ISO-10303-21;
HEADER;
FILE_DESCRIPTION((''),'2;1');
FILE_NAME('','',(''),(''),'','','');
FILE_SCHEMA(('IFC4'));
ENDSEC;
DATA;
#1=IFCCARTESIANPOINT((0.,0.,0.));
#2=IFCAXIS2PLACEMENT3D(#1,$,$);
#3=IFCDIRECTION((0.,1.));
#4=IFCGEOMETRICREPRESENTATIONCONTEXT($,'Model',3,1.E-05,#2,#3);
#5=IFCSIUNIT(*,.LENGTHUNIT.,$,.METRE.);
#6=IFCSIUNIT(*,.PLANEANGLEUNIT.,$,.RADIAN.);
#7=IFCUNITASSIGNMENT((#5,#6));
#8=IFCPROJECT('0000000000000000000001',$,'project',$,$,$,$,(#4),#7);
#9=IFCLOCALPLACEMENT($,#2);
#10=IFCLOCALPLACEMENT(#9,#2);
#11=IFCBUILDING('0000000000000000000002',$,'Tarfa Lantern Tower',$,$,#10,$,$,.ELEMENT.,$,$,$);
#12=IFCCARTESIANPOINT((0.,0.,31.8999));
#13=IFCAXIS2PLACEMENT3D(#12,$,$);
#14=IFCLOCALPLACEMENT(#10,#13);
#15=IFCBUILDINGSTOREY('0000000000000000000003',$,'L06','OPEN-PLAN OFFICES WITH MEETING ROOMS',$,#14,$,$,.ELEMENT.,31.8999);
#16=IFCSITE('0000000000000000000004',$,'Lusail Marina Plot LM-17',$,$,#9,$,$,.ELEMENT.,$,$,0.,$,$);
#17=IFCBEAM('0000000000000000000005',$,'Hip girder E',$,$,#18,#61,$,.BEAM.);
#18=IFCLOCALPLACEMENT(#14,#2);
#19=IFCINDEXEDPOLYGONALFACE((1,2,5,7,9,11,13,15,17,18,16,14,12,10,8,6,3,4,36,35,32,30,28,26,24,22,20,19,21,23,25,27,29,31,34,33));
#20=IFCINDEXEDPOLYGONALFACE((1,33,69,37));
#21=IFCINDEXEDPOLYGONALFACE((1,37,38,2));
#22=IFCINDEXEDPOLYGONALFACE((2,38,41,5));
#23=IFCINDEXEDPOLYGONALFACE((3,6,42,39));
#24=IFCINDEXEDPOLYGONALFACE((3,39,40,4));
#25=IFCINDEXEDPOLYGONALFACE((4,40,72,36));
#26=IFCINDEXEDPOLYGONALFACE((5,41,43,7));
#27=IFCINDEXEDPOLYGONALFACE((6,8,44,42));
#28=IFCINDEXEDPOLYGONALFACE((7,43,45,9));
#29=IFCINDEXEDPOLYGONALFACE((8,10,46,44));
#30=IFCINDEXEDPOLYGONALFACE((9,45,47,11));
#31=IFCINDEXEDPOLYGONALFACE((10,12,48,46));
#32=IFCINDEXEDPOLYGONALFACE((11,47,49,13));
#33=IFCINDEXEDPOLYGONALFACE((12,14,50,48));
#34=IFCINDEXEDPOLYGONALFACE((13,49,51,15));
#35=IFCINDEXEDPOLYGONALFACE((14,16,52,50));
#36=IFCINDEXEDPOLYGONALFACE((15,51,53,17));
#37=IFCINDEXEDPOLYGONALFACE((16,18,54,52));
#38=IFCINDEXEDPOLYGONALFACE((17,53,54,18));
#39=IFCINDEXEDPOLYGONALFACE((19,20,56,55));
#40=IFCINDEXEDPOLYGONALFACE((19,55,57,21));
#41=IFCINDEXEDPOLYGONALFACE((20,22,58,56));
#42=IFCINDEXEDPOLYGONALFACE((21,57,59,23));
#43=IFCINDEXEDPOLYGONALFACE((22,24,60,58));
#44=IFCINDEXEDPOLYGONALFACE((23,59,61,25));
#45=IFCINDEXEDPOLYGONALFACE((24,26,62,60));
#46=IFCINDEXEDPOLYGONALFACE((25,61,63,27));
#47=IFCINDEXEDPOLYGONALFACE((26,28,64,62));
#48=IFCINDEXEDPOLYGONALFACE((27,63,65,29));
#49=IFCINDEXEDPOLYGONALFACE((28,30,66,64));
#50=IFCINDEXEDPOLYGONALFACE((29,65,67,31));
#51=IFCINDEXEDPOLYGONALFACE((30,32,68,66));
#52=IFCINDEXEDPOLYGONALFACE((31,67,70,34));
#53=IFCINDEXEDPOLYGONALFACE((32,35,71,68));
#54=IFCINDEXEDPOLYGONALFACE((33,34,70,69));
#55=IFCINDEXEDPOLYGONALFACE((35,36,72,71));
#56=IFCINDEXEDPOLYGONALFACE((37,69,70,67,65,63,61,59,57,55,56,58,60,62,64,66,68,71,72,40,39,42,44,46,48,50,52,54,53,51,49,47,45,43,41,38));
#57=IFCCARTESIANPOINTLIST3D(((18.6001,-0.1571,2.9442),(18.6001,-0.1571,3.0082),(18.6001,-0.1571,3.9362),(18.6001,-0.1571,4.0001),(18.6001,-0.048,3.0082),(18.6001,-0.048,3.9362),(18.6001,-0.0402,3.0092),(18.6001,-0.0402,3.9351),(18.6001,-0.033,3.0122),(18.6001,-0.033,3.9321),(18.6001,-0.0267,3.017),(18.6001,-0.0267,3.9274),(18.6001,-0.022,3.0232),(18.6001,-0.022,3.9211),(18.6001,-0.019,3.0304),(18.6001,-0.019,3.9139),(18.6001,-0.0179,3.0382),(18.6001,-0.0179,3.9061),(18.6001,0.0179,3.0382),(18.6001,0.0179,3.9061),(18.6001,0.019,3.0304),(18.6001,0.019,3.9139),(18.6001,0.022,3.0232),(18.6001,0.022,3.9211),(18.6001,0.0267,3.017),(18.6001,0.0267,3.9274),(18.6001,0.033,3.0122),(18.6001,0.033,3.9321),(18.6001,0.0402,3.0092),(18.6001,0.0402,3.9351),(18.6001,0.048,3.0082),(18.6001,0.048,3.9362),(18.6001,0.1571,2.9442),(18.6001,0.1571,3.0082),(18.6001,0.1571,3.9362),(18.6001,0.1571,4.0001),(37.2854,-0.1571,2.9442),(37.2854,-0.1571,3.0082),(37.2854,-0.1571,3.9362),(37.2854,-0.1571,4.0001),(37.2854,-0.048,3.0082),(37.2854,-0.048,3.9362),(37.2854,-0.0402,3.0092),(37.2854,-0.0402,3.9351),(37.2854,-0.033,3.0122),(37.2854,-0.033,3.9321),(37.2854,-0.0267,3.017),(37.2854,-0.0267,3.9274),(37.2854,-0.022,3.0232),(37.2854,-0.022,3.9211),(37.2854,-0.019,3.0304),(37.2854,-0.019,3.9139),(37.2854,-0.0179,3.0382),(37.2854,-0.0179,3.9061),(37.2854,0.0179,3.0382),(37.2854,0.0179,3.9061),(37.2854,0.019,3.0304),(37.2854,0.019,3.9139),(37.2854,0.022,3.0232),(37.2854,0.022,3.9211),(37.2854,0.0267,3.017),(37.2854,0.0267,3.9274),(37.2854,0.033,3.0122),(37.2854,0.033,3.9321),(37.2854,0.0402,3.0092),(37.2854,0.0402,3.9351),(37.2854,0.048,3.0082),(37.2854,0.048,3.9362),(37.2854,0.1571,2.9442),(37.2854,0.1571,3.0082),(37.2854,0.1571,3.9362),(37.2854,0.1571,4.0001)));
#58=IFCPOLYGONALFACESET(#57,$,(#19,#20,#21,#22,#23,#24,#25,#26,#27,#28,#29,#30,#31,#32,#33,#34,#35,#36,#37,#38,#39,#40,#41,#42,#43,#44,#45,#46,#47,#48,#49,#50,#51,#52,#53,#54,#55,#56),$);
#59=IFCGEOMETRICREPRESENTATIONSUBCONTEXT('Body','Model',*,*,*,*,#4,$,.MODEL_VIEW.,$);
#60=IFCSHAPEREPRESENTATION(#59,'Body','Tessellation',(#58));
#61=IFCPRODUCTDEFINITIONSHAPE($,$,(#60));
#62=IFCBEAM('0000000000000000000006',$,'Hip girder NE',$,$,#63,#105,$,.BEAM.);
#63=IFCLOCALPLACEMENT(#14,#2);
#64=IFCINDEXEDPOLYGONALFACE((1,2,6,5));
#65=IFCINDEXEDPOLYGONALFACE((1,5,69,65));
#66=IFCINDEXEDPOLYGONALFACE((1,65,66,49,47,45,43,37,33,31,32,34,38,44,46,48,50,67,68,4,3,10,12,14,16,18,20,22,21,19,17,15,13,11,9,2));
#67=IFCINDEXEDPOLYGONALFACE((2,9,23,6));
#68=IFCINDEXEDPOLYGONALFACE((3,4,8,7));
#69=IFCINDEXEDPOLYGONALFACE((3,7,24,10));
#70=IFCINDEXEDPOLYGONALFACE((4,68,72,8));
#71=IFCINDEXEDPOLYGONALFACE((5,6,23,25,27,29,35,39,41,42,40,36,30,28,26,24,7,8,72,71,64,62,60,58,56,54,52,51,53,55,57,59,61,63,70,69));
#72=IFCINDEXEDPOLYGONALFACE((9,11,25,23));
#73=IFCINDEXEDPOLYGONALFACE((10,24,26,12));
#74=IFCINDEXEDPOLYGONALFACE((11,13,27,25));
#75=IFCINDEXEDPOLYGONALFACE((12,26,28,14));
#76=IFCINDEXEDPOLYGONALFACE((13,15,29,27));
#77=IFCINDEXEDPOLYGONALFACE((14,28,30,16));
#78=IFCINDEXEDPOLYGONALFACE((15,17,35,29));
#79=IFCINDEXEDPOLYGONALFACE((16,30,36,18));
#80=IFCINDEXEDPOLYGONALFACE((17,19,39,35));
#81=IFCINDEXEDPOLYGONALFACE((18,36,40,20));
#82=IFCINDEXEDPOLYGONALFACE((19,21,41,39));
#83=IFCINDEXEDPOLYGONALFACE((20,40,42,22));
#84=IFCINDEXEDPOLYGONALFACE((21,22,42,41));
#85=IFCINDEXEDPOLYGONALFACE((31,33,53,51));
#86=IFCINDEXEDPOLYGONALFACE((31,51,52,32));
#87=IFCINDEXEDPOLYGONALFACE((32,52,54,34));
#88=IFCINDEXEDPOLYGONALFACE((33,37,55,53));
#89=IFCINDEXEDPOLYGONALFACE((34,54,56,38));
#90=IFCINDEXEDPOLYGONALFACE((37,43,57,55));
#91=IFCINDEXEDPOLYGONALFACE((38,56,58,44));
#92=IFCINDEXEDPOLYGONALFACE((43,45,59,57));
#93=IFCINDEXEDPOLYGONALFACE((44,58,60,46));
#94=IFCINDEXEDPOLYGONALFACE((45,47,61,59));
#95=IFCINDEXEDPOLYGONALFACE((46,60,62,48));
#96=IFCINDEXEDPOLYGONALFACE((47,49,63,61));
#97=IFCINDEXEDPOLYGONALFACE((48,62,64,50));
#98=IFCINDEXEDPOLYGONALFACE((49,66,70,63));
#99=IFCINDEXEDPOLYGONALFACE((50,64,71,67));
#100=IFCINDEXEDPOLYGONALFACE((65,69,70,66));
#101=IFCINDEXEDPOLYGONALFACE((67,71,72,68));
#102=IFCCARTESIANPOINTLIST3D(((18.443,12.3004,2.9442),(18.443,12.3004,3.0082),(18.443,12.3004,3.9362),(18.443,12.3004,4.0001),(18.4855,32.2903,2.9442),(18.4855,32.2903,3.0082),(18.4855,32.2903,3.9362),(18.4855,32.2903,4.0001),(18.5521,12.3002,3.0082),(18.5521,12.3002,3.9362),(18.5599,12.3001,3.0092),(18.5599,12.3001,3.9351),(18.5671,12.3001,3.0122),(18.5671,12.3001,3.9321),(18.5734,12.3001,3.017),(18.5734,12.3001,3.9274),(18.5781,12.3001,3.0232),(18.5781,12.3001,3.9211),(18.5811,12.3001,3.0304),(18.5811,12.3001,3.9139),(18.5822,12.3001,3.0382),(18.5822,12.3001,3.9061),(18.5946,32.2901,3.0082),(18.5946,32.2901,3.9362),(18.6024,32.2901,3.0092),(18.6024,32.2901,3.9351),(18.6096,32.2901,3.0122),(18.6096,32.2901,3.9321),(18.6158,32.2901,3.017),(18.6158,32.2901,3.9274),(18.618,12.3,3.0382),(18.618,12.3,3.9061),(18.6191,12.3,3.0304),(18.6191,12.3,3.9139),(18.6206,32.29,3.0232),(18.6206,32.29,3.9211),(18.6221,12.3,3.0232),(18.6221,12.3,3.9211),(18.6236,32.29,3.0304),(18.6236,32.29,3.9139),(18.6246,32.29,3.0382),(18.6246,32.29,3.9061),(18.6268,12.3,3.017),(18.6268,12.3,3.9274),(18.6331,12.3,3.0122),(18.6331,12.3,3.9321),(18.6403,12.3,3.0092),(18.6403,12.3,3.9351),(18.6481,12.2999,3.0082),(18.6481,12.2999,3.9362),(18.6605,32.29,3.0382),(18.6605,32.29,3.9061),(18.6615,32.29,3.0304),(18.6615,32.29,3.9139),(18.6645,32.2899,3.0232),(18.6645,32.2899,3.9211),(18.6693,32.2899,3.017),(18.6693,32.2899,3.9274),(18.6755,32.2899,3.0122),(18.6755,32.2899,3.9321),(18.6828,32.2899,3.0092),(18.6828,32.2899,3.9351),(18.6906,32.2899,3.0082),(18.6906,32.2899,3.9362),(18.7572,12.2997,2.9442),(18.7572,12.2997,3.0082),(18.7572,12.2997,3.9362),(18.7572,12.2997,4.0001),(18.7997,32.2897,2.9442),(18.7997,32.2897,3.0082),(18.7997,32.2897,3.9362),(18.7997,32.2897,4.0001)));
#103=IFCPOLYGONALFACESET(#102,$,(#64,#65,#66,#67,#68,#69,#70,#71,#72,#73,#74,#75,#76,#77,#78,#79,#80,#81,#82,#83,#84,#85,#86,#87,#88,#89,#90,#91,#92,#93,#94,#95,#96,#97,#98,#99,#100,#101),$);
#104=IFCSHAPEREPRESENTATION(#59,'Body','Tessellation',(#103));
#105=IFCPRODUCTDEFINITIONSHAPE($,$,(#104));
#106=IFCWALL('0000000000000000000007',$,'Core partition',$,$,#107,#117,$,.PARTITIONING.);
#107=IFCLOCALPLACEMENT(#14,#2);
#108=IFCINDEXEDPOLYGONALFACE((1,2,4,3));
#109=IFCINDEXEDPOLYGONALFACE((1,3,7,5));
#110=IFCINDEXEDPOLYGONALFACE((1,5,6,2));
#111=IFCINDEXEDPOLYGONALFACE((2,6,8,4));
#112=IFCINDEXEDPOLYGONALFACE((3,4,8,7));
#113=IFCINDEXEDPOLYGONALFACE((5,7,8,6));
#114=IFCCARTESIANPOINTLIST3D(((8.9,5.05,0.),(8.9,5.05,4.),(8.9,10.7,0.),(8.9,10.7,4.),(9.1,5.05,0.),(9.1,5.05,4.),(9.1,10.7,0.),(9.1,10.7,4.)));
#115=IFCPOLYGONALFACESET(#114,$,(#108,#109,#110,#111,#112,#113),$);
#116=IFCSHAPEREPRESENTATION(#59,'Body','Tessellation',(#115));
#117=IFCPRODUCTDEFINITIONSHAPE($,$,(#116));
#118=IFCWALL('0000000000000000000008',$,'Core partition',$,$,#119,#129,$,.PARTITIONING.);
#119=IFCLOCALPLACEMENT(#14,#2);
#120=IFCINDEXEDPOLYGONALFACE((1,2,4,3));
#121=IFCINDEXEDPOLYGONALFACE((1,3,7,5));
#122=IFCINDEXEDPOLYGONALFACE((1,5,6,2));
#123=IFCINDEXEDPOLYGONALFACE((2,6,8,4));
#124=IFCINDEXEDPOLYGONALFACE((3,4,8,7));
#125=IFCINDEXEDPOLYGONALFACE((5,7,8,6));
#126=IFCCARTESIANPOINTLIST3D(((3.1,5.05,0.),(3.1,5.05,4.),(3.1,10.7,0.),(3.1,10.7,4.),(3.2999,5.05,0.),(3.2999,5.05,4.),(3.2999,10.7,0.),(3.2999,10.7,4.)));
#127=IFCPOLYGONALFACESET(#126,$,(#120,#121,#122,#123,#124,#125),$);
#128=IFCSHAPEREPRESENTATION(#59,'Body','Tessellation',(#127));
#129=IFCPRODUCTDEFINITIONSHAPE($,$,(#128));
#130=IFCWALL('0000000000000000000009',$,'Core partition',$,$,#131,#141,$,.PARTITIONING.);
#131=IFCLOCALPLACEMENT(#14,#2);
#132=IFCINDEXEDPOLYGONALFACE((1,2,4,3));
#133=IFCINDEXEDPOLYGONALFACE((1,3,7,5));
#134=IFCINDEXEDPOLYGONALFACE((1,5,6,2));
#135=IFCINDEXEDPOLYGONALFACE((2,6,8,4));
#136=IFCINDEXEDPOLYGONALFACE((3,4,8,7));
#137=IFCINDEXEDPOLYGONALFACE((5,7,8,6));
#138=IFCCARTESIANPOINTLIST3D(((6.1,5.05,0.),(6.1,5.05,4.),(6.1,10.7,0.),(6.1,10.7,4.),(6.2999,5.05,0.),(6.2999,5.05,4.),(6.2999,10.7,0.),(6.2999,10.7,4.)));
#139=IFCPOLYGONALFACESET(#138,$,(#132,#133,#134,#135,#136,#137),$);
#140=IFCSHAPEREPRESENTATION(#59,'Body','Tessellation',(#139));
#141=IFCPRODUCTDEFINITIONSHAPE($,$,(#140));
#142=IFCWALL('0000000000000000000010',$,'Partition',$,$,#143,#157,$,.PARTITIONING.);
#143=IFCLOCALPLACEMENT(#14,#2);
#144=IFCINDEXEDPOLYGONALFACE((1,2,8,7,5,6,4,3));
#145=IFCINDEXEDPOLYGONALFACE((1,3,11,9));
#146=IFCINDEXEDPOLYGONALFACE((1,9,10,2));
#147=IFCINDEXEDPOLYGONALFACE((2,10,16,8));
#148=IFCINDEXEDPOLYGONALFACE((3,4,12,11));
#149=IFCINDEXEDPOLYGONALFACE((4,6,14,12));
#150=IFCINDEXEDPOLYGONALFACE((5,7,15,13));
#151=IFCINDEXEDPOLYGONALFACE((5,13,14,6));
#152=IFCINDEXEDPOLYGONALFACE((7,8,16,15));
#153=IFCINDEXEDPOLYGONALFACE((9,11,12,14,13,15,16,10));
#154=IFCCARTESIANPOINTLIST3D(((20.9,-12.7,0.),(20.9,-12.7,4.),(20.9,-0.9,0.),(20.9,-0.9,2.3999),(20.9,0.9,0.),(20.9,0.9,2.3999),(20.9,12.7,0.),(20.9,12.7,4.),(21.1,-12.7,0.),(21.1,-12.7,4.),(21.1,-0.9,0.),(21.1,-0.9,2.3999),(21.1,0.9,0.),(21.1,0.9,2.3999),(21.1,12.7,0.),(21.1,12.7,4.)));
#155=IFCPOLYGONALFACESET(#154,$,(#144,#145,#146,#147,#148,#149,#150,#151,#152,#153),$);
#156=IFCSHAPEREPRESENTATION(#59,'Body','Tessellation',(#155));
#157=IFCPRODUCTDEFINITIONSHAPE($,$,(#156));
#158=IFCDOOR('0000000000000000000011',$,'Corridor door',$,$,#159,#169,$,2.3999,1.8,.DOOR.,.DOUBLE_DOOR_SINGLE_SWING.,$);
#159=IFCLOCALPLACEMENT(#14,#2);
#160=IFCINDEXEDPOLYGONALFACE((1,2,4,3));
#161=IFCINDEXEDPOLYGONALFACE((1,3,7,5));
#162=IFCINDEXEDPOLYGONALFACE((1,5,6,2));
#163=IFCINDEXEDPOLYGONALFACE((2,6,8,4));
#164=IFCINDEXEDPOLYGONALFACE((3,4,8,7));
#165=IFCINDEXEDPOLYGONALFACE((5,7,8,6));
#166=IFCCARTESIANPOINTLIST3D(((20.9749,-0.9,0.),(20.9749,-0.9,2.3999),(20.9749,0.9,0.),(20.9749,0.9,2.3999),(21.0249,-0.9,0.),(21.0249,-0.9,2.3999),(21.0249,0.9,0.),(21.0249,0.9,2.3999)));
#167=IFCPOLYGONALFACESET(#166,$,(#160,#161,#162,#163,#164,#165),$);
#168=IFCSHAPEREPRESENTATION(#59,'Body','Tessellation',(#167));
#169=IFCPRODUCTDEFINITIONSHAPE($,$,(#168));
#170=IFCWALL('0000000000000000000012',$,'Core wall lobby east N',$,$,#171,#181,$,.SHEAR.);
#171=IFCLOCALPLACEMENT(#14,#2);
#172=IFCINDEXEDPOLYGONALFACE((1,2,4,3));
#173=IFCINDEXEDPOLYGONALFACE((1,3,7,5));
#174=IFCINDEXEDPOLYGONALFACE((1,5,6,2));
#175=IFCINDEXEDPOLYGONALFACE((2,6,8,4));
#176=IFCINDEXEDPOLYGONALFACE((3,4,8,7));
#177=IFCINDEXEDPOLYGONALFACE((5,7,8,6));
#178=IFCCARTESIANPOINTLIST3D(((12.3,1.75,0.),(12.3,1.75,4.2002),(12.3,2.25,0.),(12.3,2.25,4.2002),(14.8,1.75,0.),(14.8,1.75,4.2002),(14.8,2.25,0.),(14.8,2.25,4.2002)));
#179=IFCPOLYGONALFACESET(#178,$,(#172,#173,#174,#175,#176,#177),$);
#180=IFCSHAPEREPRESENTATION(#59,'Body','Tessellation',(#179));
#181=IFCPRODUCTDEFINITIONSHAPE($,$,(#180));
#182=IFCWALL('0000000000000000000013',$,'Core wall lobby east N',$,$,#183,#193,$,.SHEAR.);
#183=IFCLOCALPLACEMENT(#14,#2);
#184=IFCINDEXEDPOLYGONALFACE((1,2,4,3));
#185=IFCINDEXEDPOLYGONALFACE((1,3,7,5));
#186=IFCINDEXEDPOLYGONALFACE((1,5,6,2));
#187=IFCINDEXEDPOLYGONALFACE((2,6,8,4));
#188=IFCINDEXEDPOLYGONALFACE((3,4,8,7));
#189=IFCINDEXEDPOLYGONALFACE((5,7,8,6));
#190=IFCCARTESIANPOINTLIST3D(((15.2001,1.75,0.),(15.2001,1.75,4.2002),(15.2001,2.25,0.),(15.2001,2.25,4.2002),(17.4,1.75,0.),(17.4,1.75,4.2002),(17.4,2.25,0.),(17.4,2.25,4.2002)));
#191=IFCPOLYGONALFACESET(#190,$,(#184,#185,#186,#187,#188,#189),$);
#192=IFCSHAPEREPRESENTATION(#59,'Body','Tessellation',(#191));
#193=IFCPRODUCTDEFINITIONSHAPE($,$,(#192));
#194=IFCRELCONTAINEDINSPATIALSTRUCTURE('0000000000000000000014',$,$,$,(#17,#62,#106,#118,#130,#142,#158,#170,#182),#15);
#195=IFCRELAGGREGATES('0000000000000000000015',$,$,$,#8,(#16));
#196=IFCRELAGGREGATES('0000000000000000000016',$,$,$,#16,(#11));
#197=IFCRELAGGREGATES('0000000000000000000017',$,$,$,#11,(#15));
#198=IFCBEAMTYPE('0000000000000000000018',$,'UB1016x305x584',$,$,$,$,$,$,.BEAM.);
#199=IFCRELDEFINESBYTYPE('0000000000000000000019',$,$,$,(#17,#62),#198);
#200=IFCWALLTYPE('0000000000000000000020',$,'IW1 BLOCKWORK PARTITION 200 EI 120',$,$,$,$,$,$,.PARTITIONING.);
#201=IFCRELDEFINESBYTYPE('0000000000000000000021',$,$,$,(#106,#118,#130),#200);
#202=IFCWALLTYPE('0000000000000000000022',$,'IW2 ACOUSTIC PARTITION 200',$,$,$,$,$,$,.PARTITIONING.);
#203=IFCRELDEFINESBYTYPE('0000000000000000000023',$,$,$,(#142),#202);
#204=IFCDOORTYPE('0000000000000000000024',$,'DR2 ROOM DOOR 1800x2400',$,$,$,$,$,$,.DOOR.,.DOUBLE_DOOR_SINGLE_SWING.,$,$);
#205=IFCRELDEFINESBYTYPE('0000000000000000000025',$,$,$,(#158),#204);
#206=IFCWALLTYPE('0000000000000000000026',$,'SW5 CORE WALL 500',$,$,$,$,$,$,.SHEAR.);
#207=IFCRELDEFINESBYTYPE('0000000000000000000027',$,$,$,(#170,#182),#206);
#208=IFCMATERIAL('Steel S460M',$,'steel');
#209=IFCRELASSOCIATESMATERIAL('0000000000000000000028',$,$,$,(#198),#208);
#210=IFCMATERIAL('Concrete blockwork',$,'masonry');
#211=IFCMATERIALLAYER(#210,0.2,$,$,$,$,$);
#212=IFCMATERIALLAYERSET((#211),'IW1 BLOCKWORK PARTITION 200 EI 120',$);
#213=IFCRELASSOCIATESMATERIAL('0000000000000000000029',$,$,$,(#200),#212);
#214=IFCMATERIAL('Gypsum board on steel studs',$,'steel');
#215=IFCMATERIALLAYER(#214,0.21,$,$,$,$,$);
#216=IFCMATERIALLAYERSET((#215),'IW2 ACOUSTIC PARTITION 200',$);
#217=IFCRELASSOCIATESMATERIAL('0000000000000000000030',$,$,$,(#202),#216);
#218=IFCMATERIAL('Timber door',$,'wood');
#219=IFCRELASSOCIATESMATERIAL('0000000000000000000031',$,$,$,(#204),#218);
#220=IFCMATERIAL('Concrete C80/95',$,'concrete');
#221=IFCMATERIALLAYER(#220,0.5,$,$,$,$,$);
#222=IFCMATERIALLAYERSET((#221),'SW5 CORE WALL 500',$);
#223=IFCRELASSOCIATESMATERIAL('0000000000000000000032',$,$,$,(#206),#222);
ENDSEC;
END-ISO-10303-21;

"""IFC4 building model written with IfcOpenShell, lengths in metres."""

from ifc_helpers import new_model, si_unit, direction, frame, frame_2d, origin, origin_2d, place, context, subcontext, project, spatial, rectangle, i_section, extrude, material, layer, layer_set, material_profile, profile_set, type_object, element, fill, save


model = new_model("IFC4")

# Units and contexts
model_context = context("Model", 3, precision=1e-05, world=origin(), true_north=direction((0.0, 1.0)))
body_context = subcontext(model_context, "Body", "Model", "MODEL_VIEW")
ifc_project = project(units=[si_unit("LENGTHUNIT", "METRE"), si_unit("PLANEANGLEUNIT", "RADIAN")], contexts=[model_context])

# Site, building, storey
site_placement = place(None, origin())
site = spatial("IfcSite", under=ifc_project, at=site_placement, Name="Lusail Marina Plot LM-17", CompositionType="ELEMENT", RefElevation=0.0)
building_placement = place(site_placement, origin())
building = spatial("IfcBuilding", under=site, at=building_placement, Name="Tarfa Lantern Tower", CompositionType="ELEMENT")
storey_placement = place(building_placement, frame((0.0, 0.0, 31.8999)))
storey = spatial("IfcBuildingStorey", under=building, at=storey_placement, Name="L06", Description="OPEN-PLAN OFFICES WITH MEETING ROOMS", CompositionType="ELEMENT", Elevation=31.8999)

# Beams
ifc_material_1 = material(Name="Steel S460M", Category="steel")
ifc_material_profile = material_profile(ifc_material_1, i_section(OverallWidth=0.3142, OverallDepth=1.0559, WebThickness=0.0359, FlangeThickness=0.064, FilletRadius=0.03, at=origin_2d()), Name="UB1016x305x584")
ifc_profile_set = profile_set([ifc_material_profile], Name="Steel S460M")
beam_type = type_object("IfcBeamType", Name="UB1016x305x584", PredefinedType="BEAM", material=ifc_profile_set)
beam_1_placement = place(storey_placement, frame((18.6001, 0.0, 3.4722), z_axis=(1.0, 0.0, 0.0), x_axis=(0.0, 1.0, 0.0)))
element("IfcBeam", 1, at=beam_1_placement, inside=storey, type_object=beam_type, Name="Hip girder E", PredefinedType="BEAM", context=body_context, shape_type="SweptSolid", body=[
    extrude(i_section(OverallWidth=0.3142, OverallDepth=1.0559, WebThickness=0.0359, FlangeThickness=0.064, FilletRadius=0.03, at=origin_2d()), origin(), (0.0, 0.0, 1.0), 18.6853),
])
beam_2_placement = place(storey_placement, frame((18.6001, 12.3, 3.4722), z_axis=(0.002125, 0.999998, 0.0), x_axis=(-0.999998, 0.002125, 0.0)))
element("IfcBeam", 2, at=beam_2_placement, inside=storey, type_object=beam_type, Name="Hip girder NE", PredefinedType="BEAM", context=body_context, shape_type="SweptSolid", body=[
    extrude(i_section(OverallWidth=0.3142, OverallDepth=1.0559, WebThickness=0.0359, FlangeThickness=0.064, FilletRadius=0.03, at=origin_2d()), origin(), (0.0, 0.0, 1.0), 19.99),
])

# Walls
ifc_material_2 = material(Name="Concrete blockwork", Category="masonry")
ifc_layer_1 = layer(ifc_material_2, 0.2)
ifc_layer_set_1 = layer_set([ifc_layer_1], Name="IW1 BLOCKWORK PARTITION 200 EI 120")
wall_type_1 = type_object("IfcWallType", Name="IW1 BLOCKWORK PARTITION 200 EI 120", PredefinedType="PARTITIONING", material=ifc_layer_set_1)
for number, where, z_axis, x_axis, name in (
    (3, (9.0, 5.05, 0.0), (0.0, 0.0, 1.0), (0.0, 1.0, 0.0), "Core partition"),
    (4, (3.2, 5.05, 0.0), (0.0, 0.0, 1.0), (0.0, 1.0, 0.0), "Core partition"),
    (5, (6.2, 5.05, 0.0), (0.0, 0.0, 1.0), (0.0, 1.0, 0.0), "Core partition"),
):
    element("IfcWall", number, at=place(storey_placement, frame(where, z_axis=z_axis, x_axis=x_axis)), inside=storey, type_object=wall_type_1, Name=name, PredefinedType="PARTITIONING", context=body_context, shape_type="SweptSolid", body=[
        extrude(rectangle(XDim=5.6499, YDim=0.2, at=frame_2d((2.825, 0.0))), origin(), (0.0, 0.0, 1.0), 4.0),
    ])

# Wall, opening, door
ifc_material_3 = material(Name="Gypsum board on steel studs", Category="steel")
ifc_layer_2 = layer(ifc_material_3, 0.21)
ifc_layer_set_2 = layer_set([ifc_layer_2], Name="IW2 ACOUSTIC PARTITION 200")
wall_type_2 = type_object("IfcWallType", Name="IW2 ACOUSTIC PARTITION 200", PredefinedType="PARTITIONING", material=ifc_layer_set_2)
wall_1_placement = place(storey_placement, frame((21.0, 12.7, 0.0), z_axis=(0.0, 0.0, 1.0), x_axis=(0.0, -1.0, 0.0)))
wall_1 = element("IfcWall", 6, at=wall_1_placement, inside=storey, type_object=wall_type_2, Name="Partition", PredefinedType="PARTITIONING", context=body_context, shape_type="SweptSolid", body=[
    extrude(rectangle(XDim=25.3999, YDim=0.2, at=frame_2d((12.7, 0.0))), origin(), (0.0, 0.0, 1.0), 4.0),
])
opening_placement = place(wall_1_placement, frame((11.8, 0.0, 0.0)))
opening = element("IfcOpeningElement", 7, at=opening_placement, cuts=wall_1, PredefinedType="OPENING", context=body_context, shape_type="SweptSolid", body=[
    extrude(rectangle(XDim=1.8, YDim=2.3999, at=frame_2d((0.8999, 1.2))), frame((0.0, 0.1099, 0.0), z_axis=(0.0, -1.0, 0.0), x_axis=(1.0, 0.0, 0.0)), (0.0, 0.0, 1.0), 0.22),
])
ifc_material_4 = material(Name="Timber door", Category="wood")
door_type = type_object("IfcDoorType", Name="DR2 ROOM DOOR 1800x2400", OperationType="DOUBLE_DOOR_SINGLE_SWING", PredefinedType="DOOR", material=ifc_material_4)
door_placement = place(opening_placement, origin())
door = element("IfcDoor", 8, at=door_placement, inside=storey, type_object=door_type, Name="Corridor door", OperationType="DOUBLE_DOOR_SINGLE_SWING", OverallHeight=2.3999, OverallWidth=1.8, PredefinedType="DOOR", context=body_context, shape_type="SweptSolid", body=[
    extrude(rectangle(XDim=1.8, YDim=2.3999, at=frame_2d((0.8999, 1.2))), frame((0.0, 0.0249, 0.0), z_axis=(0.0, -1.0, 0.0), x_axis=(1.0, 0.0, 0.0)), (0.0, 0.0, 1.0), 0.05),
])
fill(opening, door)

# Walls
ifc_material_5 = material(Name="Concrete C80/95", Category="concrete")
ifc_layer_3 = layer(ifc_material_5, 0.5)
ifc_layer_set_3 = layer_set([ifc_layer_3], Name="SW5 CORE WALL 500")
wall_type_3 = type_object("IfcWallType", Name="SW5 CORE WALL 500", PredefinedType="SHEAR", material=ifc_layer_set_3)
wall_2_placement = place(storey_placement, frame((12.3, 2.0, 0.0), z_axis=(0.0, 0.0, 1.0), x_axis=(1.0, 0.0, 0.0)))
element("IfcWall", 9, at=wall_2_placement, inside=storey, type_object=wall_type_3, Name="Core wall lobby east N", PredefinedType="SHEAR", context=body_context, shape_type="SweptSolid", body=[
    extrude(rectangle(XDim=2.5, YDim=0.5, at=frame_2d((1.25, 0.0))), origin(), (0.0, 0.0, 1.0), 4.2002),
])
wall_3_placement = place(storey_placement, frame((15.2, 2.0, 0.0), z_axis=(0.0, 0.0, 1.0), x_axis=(1.0, 0.0, 0.0)))
element("IfcWall", 10, at=wall_3_placement, inside=storey, type_object=wall_type_3, Name="Core wall lobby east N", PredefinedType="SHEAR", context=body_context, shape_type="SweptSolid", body=[
    extrude(rectangle(XDim=2.2, YDim=0.5, at=frame_2d((1.1001, 0.0))), origin(), (0.0, 0.0, 1.0), 4.2002),
])

save(model, "model.ifc")
